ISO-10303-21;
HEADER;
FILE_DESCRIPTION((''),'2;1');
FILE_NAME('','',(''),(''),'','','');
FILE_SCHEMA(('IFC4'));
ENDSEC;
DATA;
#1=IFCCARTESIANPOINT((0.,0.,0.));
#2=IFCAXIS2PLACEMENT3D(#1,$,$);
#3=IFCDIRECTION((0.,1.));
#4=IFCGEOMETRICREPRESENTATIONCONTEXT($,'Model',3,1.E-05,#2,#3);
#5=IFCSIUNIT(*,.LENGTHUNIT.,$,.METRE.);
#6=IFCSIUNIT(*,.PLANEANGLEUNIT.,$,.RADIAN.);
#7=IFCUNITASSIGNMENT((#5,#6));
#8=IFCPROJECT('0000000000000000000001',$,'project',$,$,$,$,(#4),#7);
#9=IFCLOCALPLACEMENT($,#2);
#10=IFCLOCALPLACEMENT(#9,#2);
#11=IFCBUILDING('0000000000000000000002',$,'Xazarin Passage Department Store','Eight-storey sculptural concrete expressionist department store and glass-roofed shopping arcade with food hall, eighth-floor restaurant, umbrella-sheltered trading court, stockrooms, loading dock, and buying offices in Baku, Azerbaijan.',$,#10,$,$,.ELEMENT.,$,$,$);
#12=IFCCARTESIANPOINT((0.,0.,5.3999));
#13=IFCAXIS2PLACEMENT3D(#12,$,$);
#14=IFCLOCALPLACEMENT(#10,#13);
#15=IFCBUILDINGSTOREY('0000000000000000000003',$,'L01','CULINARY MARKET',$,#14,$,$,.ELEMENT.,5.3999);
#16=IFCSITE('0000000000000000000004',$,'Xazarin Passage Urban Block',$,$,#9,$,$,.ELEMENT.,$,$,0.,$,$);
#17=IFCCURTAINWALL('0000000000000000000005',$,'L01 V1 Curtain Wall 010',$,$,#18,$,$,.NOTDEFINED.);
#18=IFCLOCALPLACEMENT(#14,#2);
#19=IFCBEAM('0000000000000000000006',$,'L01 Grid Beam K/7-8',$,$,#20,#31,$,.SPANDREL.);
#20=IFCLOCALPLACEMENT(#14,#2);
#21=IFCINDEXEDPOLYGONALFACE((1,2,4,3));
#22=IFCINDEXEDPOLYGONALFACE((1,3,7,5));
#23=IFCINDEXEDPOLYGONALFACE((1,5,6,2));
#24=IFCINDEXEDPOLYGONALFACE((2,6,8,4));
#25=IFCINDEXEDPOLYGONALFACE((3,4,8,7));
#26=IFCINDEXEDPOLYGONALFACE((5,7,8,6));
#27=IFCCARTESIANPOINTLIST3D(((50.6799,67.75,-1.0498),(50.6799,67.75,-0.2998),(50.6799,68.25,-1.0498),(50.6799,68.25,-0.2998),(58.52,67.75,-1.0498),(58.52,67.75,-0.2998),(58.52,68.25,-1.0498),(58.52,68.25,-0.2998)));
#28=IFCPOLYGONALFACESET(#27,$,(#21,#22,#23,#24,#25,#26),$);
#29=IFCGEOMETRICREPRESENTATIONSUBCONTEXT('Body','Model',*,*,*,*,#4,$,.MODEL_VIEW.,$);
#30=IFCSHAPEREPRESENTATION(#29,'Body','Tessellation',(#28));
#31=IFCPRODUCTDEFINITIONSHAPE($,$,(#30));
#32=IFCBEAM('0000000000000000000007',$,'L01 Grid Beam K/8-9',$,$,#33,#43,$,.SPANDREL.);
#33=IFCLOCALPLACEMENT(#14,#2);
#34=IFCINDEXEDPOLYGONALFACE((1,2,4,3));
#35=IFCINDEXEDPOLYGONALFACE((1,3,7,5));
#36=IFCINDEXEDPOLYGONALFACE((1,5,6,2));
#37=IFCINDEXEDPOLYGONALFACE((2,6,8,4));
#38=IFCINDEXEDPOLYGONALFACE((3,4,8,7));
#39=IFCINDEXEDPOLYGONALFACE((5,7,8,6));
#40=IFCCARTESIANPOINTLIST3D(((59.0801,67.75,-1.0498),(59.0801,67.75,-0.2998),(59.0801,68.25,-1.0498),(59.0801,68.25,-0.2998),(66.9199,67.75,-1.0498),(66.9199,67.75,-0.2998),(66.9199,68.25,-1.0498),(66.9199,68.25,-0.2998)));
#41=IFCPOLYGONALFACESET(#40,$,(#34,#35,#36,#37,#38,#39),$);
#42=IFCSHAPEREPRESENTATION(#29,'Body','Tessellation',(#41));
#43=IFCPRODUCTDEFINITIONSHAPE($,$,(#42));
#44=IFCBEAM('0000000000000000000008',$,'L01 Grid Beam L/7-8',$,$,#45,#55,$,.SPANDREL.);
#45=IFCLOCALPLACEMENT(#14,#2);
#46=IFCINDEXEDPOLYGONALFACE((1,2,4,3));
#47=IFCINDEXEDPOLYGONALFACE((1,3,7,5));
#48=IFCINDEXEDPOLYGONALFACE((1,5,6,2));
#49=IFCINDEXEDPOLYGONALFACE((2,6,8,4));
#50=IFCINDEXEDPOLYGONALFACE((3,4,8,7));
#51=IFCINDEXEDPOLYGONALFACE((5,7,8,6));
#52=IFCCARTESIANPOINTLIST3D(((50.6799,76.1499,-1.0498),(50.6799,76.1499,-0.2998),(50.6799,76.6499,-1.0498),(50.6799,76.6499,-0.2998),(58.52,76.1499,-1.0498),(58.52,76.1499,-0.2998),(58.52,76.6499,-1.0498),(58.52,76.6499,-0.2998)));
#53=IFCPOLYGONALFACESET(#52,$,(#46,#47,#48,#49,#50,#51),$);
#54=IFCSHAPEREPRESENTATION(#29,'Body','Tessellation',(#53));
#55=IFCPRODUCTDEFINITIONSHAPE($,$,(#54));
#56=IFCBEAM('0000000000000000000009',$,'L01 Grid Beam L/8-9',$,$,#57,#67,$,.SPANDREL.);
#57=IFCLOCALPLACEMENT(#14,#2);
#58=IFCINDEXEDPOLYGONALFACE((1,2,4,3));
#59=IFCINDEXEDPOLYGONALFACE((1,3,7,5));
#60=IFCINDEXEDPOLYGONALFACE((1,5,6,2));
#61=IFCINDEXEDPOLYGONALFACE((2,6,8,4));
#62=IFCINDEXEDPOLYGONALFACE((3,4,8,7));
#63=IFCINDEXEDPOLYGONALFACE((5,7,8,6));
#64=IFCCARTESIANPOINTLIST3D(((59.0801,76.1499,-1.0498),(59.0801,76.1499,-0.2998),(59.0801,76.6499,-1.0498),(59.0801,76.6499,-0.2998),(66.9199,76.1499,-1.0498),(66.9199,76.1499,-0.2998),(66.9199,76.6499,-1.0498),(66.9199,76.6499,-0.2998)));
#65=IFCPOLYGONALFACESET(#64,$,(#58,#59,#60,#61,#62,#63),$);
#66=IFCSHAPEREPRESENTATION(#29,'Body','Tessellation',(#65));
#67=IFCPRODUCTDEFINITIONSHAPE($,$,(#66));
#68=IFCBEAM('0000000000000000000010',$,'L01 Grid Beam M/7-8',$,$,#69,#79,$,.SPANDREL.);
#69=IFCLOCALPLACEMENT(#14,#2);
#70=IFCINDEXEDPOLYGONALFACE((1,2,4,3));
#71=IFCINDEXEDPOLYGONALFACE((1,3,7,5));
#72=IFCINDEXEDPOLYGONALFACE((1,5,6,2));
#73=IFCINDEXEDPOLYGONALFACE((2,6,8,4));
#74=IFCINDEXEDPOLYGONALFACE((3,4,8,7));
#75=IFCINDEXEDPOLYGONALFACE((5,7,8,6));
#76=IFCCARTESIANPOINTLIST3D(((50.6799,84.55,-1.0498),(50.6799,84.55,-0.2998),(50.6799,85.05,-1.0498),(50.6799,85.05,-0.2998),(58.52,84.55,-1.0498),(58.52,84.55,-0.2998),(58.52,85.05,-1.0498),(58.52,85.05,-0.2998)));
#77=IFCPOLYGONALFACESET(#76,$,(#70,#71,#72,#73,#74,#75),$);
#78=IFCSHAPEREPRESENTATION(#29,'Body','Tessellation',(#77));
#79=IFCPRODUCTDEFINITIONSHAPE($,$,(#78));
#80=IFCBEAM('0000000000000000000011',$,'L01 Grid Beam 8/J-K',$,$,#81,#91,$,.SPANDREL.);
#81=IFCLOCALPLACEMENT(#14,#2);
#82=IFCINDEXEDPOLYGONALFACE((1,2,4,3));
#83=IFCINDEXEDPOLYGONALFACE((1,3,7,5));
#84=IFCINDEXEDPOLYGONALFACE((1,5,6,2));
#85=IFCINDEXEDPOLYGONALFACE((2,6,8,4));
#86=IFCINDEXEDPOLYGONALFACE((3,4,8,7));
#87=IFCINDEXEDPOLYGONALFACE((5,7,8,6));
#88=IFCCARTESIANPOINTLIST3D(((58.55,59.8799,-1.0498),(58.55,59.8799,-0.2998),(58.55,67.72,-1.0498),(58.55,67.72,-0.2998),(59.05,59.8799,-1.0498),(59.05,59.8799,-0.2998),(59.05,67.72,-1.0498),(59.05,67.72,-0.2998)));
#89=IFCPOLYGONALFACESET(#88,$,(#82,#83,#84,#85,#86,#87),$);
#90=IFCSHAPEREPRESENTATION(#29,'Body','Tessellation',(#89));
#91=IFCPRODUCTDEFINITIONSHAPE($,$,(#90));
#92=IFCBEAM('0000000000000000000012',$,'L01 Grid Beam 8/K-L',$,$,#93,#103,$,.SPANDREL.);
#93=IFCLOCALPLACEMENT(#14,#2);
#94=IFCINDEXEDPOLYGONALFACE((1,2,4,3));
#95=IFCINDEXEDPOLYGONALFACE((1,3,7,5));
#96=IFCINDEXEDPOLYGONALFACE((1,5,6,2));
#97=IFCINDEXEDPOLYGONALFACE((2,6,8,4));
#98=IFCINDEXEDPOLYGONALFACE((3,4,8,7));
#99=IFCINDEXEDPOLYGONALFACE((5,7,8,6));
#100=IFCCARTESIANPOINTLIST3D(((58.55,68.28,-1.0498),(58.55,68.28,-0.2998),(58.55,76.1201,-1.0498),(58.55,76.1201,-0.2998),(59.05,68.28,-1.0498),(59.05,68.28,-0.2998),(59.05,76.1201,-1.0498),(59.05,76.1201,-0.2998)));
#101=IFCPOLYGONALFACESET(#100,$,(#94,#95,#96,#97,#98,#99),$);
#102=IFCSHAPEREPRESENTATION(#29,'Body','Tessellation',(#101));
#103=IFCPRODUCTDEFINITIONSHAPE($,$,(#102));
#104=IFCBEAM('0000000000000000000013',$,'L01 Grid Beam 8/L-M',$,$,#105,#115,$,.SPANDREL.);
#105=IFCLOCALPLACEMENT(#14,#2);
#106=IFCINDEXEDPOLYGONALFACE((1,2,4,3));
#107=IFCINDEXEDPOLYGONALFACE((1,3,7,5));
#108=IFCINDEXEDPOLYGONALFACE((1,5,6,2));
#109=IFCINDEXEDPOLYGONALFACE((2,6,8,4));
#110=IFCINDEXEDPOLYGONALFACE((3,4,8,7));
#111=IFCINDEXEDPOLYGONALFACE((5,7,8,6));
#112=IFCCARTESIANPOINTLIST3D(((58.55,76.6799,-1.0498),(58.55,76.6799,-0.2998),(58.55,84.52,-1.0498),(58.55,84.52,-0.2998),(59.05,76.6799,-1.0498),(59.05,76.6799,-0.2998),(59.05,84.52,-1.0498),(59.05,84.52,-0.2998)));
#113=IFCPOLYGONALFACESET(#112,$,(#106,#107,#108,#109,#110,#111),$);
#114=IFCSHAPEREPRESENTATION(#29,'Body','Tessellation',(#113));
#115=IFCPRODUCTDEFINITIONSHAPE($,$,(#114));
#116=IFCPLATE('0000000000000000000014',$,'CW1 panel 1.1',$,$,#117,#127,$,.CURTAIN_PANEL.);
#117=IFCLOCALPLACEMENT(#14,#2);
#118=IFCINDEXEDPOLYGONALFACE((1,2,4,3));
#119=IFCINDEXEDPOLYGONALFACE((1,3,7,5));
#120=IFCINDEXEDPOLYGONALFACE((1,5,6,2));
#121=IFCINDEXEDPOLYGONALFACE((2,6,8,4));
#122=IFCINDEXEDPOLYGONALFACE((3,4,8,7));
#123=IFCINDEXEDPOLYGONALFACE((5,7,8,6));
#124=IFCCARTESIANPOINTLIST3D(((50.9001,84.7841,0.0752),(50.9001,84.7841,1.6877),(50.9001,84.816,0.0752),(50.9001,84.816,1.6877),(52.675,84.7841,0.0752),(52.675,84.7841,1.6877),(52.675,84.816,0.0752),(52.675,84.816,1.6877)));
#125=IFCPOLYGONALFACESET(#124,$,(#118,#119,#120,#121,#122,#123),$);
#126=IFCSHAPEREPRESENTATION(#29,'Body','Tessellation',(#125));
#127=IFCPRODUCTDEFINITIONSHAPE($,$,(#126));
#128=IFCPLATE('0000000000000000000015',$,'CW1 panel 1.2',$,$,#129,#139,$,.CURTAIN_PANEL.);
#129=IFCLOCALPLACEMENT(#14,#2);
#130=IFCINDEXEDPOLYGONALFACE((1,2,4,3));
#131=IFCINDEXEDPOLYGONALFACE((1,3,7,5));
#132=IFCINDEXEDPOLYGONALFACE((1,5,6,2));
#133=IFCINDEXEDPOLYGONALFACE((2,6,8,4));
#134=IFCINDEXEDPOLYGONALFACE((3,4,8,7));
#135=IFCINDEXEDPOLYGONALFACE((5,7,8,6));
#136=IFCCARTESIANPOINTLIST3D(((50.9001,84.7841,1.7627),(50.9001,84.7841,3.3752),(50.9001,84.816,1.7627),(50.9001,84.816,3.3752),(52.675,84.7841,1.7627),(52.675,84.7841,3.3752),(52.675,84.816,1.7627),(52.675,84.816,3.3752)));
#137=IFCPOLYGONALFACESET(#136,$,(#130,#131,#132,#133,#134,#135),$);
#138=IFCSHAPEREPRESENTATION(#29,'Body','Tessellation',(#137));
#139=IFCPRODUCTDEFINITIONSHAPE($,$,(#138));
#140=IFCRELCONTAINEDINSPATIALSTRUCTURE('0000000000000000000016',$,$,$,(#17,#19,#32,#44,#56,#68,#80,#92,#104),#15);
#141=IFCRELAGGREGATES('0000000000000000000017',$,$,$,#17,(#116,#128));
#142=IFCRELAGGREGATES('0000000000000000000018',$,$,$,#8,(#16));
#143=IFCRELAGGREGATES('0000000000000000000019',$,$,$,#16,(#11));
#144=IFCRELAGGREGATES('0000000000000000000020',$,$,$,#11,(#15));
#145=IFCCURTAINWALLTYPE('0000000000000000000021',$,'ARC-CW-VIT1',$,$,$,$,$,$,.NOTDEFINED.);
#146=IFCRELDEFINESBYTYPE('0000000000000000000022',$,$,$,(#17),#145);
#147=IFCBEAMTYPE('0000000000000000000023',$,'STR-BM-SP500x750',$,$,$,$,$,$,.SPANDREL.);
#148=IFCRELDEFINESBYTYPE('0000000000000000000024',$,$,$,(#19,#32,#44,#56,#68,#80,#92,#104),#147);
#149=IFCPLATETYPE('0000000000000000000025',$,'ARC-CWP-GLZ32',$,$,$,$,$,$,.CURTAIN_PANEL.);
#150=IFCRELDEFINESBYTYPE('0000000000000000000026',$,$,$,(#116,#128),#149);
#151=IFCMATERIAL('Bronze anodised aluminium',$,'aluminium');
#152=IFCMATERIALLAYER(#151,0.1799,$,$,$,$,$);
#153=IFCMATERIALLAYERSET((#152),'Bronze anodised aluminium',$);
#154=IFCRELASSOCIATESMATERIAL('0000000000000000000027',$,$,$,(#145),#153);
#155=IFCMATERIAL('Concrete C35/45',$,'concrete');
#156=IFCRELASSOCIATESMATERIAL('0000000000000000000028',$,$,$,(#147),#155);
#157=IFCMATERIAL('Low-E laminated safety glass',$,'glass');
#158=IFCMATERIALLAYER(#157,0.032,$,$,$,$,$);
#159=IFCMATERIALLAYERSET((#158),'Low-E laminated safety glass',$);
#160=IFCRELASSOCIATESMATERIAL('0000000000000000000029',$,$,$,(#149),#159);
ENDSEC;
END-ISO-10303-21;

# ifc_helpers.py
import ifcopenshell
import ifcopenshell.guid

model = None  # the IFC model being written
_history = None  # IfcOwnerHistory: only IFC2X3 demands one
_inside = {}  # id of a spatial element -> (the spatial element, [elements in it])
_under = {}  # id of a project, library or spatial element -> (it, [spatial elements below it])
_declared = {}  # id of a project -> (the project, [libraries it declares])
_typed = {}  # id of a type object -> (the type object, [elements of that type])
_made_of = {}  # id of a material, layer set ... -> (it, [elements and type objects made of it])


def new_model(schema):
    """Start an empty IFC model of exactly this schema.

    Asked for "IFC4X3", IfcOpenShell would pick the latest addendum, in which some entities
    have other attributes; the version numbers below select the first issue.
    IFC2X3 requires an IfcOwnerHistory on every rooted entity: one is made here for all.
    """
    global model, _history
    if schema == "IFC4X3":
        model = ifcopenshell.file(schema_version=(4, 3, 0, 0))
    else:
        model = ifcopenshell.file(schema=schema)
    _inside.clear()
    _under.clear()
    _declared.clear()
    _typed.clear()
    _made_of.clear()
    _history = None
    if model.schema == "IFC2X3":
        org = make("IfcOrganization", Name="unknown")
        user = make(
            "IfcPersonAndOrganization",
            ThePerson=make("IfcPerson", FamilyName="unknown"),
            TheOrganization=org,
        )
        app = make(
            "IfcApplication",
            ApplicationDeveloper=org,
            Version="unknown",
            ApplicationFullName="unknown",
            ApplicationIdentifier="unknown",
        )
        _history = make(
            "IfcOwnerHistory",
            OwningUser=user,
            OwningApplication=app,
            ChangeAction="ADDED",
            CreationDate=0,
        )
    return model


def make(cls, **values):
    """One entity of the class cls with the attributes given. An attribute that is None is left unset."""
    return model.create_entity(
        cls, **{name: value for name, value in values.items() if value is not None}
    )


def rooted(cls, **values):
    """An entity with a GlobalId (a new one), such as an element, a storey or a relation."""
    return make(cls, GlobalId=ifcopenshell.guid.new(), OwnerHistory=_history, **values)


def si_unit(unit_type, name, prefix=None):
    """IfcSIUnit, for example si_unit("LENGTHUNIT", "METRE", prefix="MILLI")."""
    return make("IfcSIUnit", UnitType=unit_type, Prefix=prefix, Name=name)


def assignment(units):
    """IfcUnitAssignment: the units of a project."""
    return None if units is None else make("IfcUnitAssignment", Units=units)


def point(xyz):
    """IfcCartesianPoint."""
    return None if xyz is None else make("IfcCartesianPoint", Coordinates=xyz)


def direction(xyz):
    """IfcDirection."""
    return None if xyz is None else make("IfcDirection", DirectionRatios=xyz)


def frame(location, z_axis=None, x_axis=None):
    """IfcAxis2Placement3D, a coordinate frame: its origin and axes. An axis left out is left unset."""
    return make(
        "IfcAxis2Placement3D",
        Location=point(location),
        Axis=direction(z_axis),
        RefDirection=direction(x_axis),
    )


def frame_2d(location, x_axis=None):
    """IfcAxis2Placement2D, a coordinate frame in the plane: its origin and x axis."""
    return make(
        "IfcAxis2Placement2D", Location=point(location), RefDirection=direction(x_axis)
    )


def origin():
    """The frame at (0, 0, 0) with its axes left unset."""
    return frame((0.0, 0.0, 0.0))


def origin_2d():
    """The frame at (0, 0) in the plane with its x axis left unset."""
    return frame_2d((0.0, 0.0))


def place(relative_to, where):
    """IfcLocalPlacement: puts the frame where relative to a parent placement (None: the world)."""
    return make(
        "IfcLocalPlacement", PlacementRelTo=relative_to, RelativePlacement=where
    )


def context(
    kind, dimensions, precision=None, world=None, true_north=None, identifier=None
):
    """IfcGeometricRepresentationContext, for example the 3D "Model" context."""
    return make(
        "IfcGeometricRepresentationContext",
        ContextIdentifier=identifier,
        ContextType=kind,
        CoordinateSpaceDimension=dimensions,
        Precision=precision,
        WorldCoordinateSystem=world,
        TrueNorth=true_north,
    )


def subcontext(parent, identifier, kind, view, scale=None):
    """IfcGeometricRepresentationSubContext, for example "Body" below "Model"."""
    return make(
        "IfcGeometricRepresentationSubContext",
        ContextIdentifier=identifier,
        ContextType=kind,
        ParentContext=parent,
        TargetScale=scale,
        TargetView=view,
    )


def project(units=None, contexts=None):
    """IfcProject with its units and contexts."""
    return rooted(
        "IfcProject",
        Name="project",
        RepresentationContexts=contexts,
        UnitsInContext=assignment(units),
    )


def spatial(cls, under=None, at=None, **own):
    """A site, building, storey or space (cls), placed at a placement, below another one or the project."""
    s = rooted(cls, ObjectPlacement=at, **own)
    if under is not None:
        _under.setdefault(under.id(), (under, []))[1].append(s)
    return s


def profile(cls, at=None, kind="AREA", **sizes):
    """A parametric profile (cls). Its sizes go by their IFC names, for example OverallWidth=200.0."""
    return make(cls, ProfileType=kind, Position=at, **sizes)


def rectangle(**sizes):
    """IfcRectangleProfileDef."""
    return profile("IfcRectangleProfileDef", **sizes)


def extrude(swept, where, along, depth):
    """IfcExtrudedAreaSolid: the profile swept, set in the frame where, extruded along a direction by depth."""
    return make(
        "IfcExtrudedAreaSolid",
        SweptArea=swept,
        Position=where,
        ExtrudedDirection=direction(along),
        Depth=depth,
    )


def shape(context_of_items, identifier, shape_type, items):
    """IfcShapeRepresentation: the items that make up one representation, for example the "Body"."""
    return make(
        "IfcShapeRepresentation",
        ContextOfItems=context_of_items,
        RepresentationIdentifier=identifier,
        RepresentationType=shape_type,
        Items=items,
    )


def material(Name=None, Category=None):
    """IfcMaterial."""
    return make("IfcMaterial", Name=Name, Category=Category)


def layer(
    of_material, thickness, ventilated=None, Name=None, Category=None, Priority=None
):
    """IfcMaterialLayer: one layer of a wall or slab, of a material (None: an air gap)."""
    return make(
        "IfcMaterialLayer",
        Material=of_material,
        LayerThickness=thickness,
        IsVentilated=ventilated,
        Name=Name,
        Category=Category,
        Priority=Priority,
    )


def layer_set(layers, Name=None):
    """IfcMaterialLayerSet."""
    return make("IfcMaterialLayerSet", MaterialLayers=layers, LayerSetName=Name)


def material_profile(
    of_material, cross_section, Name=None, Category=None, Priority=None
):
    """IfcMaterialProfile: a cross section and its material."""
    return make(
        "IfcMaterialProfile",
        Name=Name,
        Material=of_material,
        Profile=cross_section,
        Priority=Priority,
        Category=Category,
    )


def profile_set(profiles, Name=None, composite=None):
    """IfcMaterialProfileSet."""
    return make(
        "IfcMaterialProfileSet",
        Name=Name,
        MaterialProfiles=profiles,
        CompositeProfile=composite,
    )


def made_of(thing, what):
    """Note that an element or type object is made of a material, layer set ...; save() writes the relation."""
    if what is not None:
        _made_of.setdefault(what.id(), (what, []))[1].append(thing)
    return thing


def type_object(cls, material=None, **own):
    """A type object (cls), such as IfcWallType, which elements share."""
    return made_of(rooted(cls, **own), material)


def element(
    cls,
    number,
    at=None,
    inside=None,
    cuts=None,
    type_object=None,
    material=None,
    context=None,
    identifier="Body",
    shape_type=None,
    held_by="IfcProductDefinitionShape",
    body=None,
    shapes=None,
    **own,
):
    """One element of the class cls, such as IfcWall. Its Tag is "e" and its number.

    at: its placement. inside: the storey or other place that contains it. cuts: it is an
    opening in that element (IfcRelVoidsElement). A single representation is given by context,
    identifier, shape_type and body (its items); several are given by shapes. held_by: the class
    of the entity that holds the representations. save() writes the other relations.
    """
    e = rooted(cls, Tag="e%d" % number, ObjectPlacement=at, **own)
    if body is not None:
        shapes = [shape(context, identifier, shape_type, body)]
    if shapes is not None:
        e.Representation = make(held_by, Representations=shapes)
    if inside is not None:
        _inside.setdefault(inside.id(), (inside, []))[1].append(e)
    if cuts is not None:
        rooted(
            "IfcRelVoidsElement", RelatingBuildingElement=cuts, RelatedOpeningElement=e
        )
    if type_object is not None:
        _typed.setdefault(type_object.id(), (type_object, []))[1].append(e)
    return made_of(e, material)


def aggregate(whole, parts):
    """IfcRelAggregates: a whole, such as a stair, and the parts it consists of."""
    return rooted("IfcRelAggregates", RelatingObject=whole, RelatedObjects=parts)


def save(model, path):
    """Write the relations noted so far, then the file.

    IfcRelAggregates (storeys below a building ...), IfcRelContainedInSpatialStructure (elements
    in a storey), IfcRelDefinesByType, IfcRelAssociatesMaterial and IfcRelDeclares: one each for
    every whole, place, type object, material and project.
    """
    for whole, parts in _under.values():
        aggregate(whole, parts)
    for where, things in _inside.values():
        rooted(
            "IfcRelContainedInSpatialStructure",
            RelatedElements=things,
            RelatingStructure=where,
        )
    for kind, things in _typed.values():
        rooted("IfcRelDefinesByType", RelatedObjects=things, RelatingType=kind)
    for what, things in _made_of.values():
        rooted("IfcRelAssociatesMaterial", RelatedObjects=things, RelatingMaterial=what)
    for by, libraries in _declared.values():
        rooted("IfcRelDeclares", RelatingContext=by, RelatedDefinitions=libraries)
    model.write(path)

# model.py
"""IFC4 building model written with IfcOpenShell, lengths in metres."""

from ifc_helpers import new_model, si_unit, direction, frame, origin, origin_2d, place, context, subcontext, project, spatial, rectangle, extrude, material, layer, layer_set, material_profile, profile_set, type_object, element, aggregate, save


model = new_model("IFC4")

# Units and contexts
model_context = context("Model", 3, precision=1e-05, world=origin(), true_north=direction((0.0, 1.0)))
body_context = subcontext(model_context, "Body", "Model", "MODEL_VIEW")
ifc_project = project(units=[si_unit("LENGTHUNIT", "METRE"), si_unit("PLANEANGLEUNIT", "RADIAN")], contexts=[model_context])

# Site, building, storey
site_placement = place(None, origin())
site = spatial("IfcSite", under=ifc_project, at=site_placement, Name="Xazarin Passage Urban Block", CompositionType="ELEMENT", RefElevation=0.0)
building_placement = place(site_placement, origin())
building = spatial("IfcBuilding", under=site, at=building_placement, Name="Xazarin Passage Department Store", Description="Eight-storey sculptural concrete expressionist department store and glass-roofed shopping arcade with food hall, eighth-floor restaurant, umbrella-sheltered trading court, stockrooms, loading dock, and buying offices in Baku, Azerbaijan.", CompositionType="ELEMENT")
storey_placement = place(building_placement, frame((0.0, 0.0, 5.3999)))
storey = spatial("IfcBuildingStorey", under=building, at=storey_placement, Name="L01", Description="CULINARY MARKET", CompositionType="ELEMENT", Elevation=5.3999)

# Curtain wall
ifc_material_1 = material(Name="Bronze anodised aluminium", Category="aluminium")
ifc_layer_1 = layer(ifc_material_1, 0.1799)
ifc_layer_set_1 = layer_set([ifc_layer_1], Name="Bronze anodised aluminium")
curtain_wall_type = type_object("IfcCurtainWallType", Name="ARC-CW-VIT1", PredefinedType="NOTDEFINED", material=ifc_layer_set_1)
curtain_wall_1_placement = place(storey_placement, origin())
curtain_wall_1 = element("IfcCurtainWall", 1, at=curtain_wall_1_placement, inside=storey, type_object=curtain_wall_type, Name="L01 V1 Curtain Wall 010", PredefinedType="NOTDEFINED")

# Beams
ifc_material_2 = material(Name="Concrete C35/45", Category="concrete")
ifc_material_profile_1 = material_profile(ifc_material_2, rectangle(XDim=0.5, YDim=0.75, at=origin_2d()), Name="RC 500x750")
ifc_profile_set_1 = profile_set([ifc_material_profile_1], Name="Concrete C35/45")
beam_type = type_object("IfcBeamType", Name="STR-BM-SP500x750", PredefinedType="SPANDREL", material=ifc_profile_set_1)
beam_1_placement = place(storey_placement, frame((50.6799, 68.0, -0.6748), z_axis=(1.0, 0.0, 0.0), x_axis=(0.0, 1.0, 0.0)))
element("IfcBeam", 2, at=beam_1_placement, inside=storey, type_object=beam_type, Name="L01 Grid Beam K/7-8", PredefinedType="SPANDREL", context=body_context, shape_type="SweptSolid", body=[
    extrude(rectangle(XDim=0.5, YDim=0.75, at=origin_2d()), origin(), (0.0, 0.0, 1.0), 7.8401),
])
beam_2_placement = place(storey_placement, frame((59.0801, 68.0, -0.6748), z_axis=(1.0, 0.0, 0.0), x_axis=(0.0, 1.0, 0.0)))
element("IfcBeam", 3, at=beam_2_placement, inside=storey, type_object=beam_type, Name="L01 Grid Beam K/8-9", PredefinedType="SPANDREL", context=body_context, shape_type="SweptSolid", body=[
    extrude(rectangle(XDim=0.5, YDim=0.75, at=origin_2d()), origin(), (0.0, 0.0, 1.0), 7.8398),
])
beam_3_placement = place(storey_placement, frame((50.6799, 76.3999, -0.6748), z_axis=(1.0, 0.0, 0.0), x_axis=(0.0, 1.0, 0.0)))
element("IfcBeam", 4, at=beam_3_placement, inside=storey, type_object=beam_type, Name="L01 Grid Beam L/7-8", PredefinedType="SPANDREL", context=body_context, shape_type="SweptSolid", body=[
    extrude(rectangle(XDim=0.5, YDim=0.75, at=origin_2d()), origin(), (0.0, 0.0, 1.0), 7.8401),
])
beam_4_placement = place(storey_placement, frame((59.0801, 76.3999, -0.6748), z_axis=(1.0, 0.0, 0.0), x_axis=(0.0, 1.0, 0.0)))
element("IfcBeam", 5, at=beam_4_placement, inside=storey, type_object=beam_type, Name="L01 Grid Beam L/8-9", PredefinedType="SPANDREL", context=body_context, shape_type="SweptSolid", body=[
    extrude(rectangle(XDim=0.5, YDim=0.75, at=origin_2d()), origin(), (0.0, 0.0, 1.0), 7.8398),
])
for number, where, z_axis, x_axis, name in (
    (6, (50.6799, 84.8, -0.6748), (1.0, 0.0, 0.0), (0.0, 1.0, 0.0), "L01 Grid Beam M/7-8"),
    (7, (58.8, 59.8799, -0.6748), (0.0, 1.0, 0.0), (-1.0, 0.0, 0.0), "L01 Grid Beam 8/J-K"),
    (8, (58.8, 68.28, -0.6748), (0.0, 1.0, 0.0), (-1.0, 0.0, 0.0), "L01 Grid Beam 8/K-L"),
    (9, (58.8, 76.6799, -0.6748), (0.0, 1.0, 0.0), (-1.0, 0.0, 0.0), "L01 Grid Beam 8/L-M"),
):
    element("IfcBeam", number, at=place(storey_placement, frame(where, z_axis=z_axis, x_axis=x_axis)), inside=storey, type_object=beam_type, Name=name, PredefinedType="SPANDREL", context=body_context, shape_type="SweptSolid", body=[
        extrude(rectangle(XDim=0.5, YDim=0.75, at=origin_2d()), origin(), (0.0, 0.0, 1.0), 7.8401),
    ])

# Plates
ifc_material_3 = material(Name="Low-E laminated safety glass", Category="glass")
ifc_layer_2 = layer(ifc_material_3, 0.032)
ifc_layer_set_2 = layer_set([ifc_layer_2], Name="Low-E laminated safety glass")
plate_type = type_object("IfcPlateType", Name="ARC-CWP-GLZ32", PredefinedType="CURTAIN_PANEL", material=ifc_layer_set_2)
plate_1_placement = place(storey_placement, frame((51.7876, 84.8, 0.0752), z_axis=(0.0, 0.0, 1.0), x_axis=(1.0, 0.0, 0.0)))
plate_1 = element("IfcPlate", 10, at=plate_1_placement, type_object=plate_type, Name="CW1 panel 1.1", PredefinedType="CURTAIN_PANEL", context=body_context, shape_type="SweptSolid", body=[
    extrude(rectangle(XDim=1.7749, YDim=0.032, at=origin_2d()), origin(), (0.0, 0.0, 1.0), 1.6125),
])
plate_2_placement = place(storey_placement, frame((51.7876, 84.8, 1.7627), z_axis=(0.0, 0.0, 1.0), x_axis=(1.0, 0.0, 0.0)))
plate_2 = element("IfcPlate", 11, at=plate_2_placement, type_object=plate_type, Name="CW1 panel 1.2", PredefinedType="CURTAIN_PANEL", context=body_context, shape_type="SweptSolid", body=[
    extrude(rectangle(XDim=1.7749, YDim=0.032, at=origin_2d()), origin(), (0.0, 0.0, 1.0), 1.6125),
])
aggregate(curtain_wall_1, [plate_1, plate_2])

save(model, "model.ifc")
